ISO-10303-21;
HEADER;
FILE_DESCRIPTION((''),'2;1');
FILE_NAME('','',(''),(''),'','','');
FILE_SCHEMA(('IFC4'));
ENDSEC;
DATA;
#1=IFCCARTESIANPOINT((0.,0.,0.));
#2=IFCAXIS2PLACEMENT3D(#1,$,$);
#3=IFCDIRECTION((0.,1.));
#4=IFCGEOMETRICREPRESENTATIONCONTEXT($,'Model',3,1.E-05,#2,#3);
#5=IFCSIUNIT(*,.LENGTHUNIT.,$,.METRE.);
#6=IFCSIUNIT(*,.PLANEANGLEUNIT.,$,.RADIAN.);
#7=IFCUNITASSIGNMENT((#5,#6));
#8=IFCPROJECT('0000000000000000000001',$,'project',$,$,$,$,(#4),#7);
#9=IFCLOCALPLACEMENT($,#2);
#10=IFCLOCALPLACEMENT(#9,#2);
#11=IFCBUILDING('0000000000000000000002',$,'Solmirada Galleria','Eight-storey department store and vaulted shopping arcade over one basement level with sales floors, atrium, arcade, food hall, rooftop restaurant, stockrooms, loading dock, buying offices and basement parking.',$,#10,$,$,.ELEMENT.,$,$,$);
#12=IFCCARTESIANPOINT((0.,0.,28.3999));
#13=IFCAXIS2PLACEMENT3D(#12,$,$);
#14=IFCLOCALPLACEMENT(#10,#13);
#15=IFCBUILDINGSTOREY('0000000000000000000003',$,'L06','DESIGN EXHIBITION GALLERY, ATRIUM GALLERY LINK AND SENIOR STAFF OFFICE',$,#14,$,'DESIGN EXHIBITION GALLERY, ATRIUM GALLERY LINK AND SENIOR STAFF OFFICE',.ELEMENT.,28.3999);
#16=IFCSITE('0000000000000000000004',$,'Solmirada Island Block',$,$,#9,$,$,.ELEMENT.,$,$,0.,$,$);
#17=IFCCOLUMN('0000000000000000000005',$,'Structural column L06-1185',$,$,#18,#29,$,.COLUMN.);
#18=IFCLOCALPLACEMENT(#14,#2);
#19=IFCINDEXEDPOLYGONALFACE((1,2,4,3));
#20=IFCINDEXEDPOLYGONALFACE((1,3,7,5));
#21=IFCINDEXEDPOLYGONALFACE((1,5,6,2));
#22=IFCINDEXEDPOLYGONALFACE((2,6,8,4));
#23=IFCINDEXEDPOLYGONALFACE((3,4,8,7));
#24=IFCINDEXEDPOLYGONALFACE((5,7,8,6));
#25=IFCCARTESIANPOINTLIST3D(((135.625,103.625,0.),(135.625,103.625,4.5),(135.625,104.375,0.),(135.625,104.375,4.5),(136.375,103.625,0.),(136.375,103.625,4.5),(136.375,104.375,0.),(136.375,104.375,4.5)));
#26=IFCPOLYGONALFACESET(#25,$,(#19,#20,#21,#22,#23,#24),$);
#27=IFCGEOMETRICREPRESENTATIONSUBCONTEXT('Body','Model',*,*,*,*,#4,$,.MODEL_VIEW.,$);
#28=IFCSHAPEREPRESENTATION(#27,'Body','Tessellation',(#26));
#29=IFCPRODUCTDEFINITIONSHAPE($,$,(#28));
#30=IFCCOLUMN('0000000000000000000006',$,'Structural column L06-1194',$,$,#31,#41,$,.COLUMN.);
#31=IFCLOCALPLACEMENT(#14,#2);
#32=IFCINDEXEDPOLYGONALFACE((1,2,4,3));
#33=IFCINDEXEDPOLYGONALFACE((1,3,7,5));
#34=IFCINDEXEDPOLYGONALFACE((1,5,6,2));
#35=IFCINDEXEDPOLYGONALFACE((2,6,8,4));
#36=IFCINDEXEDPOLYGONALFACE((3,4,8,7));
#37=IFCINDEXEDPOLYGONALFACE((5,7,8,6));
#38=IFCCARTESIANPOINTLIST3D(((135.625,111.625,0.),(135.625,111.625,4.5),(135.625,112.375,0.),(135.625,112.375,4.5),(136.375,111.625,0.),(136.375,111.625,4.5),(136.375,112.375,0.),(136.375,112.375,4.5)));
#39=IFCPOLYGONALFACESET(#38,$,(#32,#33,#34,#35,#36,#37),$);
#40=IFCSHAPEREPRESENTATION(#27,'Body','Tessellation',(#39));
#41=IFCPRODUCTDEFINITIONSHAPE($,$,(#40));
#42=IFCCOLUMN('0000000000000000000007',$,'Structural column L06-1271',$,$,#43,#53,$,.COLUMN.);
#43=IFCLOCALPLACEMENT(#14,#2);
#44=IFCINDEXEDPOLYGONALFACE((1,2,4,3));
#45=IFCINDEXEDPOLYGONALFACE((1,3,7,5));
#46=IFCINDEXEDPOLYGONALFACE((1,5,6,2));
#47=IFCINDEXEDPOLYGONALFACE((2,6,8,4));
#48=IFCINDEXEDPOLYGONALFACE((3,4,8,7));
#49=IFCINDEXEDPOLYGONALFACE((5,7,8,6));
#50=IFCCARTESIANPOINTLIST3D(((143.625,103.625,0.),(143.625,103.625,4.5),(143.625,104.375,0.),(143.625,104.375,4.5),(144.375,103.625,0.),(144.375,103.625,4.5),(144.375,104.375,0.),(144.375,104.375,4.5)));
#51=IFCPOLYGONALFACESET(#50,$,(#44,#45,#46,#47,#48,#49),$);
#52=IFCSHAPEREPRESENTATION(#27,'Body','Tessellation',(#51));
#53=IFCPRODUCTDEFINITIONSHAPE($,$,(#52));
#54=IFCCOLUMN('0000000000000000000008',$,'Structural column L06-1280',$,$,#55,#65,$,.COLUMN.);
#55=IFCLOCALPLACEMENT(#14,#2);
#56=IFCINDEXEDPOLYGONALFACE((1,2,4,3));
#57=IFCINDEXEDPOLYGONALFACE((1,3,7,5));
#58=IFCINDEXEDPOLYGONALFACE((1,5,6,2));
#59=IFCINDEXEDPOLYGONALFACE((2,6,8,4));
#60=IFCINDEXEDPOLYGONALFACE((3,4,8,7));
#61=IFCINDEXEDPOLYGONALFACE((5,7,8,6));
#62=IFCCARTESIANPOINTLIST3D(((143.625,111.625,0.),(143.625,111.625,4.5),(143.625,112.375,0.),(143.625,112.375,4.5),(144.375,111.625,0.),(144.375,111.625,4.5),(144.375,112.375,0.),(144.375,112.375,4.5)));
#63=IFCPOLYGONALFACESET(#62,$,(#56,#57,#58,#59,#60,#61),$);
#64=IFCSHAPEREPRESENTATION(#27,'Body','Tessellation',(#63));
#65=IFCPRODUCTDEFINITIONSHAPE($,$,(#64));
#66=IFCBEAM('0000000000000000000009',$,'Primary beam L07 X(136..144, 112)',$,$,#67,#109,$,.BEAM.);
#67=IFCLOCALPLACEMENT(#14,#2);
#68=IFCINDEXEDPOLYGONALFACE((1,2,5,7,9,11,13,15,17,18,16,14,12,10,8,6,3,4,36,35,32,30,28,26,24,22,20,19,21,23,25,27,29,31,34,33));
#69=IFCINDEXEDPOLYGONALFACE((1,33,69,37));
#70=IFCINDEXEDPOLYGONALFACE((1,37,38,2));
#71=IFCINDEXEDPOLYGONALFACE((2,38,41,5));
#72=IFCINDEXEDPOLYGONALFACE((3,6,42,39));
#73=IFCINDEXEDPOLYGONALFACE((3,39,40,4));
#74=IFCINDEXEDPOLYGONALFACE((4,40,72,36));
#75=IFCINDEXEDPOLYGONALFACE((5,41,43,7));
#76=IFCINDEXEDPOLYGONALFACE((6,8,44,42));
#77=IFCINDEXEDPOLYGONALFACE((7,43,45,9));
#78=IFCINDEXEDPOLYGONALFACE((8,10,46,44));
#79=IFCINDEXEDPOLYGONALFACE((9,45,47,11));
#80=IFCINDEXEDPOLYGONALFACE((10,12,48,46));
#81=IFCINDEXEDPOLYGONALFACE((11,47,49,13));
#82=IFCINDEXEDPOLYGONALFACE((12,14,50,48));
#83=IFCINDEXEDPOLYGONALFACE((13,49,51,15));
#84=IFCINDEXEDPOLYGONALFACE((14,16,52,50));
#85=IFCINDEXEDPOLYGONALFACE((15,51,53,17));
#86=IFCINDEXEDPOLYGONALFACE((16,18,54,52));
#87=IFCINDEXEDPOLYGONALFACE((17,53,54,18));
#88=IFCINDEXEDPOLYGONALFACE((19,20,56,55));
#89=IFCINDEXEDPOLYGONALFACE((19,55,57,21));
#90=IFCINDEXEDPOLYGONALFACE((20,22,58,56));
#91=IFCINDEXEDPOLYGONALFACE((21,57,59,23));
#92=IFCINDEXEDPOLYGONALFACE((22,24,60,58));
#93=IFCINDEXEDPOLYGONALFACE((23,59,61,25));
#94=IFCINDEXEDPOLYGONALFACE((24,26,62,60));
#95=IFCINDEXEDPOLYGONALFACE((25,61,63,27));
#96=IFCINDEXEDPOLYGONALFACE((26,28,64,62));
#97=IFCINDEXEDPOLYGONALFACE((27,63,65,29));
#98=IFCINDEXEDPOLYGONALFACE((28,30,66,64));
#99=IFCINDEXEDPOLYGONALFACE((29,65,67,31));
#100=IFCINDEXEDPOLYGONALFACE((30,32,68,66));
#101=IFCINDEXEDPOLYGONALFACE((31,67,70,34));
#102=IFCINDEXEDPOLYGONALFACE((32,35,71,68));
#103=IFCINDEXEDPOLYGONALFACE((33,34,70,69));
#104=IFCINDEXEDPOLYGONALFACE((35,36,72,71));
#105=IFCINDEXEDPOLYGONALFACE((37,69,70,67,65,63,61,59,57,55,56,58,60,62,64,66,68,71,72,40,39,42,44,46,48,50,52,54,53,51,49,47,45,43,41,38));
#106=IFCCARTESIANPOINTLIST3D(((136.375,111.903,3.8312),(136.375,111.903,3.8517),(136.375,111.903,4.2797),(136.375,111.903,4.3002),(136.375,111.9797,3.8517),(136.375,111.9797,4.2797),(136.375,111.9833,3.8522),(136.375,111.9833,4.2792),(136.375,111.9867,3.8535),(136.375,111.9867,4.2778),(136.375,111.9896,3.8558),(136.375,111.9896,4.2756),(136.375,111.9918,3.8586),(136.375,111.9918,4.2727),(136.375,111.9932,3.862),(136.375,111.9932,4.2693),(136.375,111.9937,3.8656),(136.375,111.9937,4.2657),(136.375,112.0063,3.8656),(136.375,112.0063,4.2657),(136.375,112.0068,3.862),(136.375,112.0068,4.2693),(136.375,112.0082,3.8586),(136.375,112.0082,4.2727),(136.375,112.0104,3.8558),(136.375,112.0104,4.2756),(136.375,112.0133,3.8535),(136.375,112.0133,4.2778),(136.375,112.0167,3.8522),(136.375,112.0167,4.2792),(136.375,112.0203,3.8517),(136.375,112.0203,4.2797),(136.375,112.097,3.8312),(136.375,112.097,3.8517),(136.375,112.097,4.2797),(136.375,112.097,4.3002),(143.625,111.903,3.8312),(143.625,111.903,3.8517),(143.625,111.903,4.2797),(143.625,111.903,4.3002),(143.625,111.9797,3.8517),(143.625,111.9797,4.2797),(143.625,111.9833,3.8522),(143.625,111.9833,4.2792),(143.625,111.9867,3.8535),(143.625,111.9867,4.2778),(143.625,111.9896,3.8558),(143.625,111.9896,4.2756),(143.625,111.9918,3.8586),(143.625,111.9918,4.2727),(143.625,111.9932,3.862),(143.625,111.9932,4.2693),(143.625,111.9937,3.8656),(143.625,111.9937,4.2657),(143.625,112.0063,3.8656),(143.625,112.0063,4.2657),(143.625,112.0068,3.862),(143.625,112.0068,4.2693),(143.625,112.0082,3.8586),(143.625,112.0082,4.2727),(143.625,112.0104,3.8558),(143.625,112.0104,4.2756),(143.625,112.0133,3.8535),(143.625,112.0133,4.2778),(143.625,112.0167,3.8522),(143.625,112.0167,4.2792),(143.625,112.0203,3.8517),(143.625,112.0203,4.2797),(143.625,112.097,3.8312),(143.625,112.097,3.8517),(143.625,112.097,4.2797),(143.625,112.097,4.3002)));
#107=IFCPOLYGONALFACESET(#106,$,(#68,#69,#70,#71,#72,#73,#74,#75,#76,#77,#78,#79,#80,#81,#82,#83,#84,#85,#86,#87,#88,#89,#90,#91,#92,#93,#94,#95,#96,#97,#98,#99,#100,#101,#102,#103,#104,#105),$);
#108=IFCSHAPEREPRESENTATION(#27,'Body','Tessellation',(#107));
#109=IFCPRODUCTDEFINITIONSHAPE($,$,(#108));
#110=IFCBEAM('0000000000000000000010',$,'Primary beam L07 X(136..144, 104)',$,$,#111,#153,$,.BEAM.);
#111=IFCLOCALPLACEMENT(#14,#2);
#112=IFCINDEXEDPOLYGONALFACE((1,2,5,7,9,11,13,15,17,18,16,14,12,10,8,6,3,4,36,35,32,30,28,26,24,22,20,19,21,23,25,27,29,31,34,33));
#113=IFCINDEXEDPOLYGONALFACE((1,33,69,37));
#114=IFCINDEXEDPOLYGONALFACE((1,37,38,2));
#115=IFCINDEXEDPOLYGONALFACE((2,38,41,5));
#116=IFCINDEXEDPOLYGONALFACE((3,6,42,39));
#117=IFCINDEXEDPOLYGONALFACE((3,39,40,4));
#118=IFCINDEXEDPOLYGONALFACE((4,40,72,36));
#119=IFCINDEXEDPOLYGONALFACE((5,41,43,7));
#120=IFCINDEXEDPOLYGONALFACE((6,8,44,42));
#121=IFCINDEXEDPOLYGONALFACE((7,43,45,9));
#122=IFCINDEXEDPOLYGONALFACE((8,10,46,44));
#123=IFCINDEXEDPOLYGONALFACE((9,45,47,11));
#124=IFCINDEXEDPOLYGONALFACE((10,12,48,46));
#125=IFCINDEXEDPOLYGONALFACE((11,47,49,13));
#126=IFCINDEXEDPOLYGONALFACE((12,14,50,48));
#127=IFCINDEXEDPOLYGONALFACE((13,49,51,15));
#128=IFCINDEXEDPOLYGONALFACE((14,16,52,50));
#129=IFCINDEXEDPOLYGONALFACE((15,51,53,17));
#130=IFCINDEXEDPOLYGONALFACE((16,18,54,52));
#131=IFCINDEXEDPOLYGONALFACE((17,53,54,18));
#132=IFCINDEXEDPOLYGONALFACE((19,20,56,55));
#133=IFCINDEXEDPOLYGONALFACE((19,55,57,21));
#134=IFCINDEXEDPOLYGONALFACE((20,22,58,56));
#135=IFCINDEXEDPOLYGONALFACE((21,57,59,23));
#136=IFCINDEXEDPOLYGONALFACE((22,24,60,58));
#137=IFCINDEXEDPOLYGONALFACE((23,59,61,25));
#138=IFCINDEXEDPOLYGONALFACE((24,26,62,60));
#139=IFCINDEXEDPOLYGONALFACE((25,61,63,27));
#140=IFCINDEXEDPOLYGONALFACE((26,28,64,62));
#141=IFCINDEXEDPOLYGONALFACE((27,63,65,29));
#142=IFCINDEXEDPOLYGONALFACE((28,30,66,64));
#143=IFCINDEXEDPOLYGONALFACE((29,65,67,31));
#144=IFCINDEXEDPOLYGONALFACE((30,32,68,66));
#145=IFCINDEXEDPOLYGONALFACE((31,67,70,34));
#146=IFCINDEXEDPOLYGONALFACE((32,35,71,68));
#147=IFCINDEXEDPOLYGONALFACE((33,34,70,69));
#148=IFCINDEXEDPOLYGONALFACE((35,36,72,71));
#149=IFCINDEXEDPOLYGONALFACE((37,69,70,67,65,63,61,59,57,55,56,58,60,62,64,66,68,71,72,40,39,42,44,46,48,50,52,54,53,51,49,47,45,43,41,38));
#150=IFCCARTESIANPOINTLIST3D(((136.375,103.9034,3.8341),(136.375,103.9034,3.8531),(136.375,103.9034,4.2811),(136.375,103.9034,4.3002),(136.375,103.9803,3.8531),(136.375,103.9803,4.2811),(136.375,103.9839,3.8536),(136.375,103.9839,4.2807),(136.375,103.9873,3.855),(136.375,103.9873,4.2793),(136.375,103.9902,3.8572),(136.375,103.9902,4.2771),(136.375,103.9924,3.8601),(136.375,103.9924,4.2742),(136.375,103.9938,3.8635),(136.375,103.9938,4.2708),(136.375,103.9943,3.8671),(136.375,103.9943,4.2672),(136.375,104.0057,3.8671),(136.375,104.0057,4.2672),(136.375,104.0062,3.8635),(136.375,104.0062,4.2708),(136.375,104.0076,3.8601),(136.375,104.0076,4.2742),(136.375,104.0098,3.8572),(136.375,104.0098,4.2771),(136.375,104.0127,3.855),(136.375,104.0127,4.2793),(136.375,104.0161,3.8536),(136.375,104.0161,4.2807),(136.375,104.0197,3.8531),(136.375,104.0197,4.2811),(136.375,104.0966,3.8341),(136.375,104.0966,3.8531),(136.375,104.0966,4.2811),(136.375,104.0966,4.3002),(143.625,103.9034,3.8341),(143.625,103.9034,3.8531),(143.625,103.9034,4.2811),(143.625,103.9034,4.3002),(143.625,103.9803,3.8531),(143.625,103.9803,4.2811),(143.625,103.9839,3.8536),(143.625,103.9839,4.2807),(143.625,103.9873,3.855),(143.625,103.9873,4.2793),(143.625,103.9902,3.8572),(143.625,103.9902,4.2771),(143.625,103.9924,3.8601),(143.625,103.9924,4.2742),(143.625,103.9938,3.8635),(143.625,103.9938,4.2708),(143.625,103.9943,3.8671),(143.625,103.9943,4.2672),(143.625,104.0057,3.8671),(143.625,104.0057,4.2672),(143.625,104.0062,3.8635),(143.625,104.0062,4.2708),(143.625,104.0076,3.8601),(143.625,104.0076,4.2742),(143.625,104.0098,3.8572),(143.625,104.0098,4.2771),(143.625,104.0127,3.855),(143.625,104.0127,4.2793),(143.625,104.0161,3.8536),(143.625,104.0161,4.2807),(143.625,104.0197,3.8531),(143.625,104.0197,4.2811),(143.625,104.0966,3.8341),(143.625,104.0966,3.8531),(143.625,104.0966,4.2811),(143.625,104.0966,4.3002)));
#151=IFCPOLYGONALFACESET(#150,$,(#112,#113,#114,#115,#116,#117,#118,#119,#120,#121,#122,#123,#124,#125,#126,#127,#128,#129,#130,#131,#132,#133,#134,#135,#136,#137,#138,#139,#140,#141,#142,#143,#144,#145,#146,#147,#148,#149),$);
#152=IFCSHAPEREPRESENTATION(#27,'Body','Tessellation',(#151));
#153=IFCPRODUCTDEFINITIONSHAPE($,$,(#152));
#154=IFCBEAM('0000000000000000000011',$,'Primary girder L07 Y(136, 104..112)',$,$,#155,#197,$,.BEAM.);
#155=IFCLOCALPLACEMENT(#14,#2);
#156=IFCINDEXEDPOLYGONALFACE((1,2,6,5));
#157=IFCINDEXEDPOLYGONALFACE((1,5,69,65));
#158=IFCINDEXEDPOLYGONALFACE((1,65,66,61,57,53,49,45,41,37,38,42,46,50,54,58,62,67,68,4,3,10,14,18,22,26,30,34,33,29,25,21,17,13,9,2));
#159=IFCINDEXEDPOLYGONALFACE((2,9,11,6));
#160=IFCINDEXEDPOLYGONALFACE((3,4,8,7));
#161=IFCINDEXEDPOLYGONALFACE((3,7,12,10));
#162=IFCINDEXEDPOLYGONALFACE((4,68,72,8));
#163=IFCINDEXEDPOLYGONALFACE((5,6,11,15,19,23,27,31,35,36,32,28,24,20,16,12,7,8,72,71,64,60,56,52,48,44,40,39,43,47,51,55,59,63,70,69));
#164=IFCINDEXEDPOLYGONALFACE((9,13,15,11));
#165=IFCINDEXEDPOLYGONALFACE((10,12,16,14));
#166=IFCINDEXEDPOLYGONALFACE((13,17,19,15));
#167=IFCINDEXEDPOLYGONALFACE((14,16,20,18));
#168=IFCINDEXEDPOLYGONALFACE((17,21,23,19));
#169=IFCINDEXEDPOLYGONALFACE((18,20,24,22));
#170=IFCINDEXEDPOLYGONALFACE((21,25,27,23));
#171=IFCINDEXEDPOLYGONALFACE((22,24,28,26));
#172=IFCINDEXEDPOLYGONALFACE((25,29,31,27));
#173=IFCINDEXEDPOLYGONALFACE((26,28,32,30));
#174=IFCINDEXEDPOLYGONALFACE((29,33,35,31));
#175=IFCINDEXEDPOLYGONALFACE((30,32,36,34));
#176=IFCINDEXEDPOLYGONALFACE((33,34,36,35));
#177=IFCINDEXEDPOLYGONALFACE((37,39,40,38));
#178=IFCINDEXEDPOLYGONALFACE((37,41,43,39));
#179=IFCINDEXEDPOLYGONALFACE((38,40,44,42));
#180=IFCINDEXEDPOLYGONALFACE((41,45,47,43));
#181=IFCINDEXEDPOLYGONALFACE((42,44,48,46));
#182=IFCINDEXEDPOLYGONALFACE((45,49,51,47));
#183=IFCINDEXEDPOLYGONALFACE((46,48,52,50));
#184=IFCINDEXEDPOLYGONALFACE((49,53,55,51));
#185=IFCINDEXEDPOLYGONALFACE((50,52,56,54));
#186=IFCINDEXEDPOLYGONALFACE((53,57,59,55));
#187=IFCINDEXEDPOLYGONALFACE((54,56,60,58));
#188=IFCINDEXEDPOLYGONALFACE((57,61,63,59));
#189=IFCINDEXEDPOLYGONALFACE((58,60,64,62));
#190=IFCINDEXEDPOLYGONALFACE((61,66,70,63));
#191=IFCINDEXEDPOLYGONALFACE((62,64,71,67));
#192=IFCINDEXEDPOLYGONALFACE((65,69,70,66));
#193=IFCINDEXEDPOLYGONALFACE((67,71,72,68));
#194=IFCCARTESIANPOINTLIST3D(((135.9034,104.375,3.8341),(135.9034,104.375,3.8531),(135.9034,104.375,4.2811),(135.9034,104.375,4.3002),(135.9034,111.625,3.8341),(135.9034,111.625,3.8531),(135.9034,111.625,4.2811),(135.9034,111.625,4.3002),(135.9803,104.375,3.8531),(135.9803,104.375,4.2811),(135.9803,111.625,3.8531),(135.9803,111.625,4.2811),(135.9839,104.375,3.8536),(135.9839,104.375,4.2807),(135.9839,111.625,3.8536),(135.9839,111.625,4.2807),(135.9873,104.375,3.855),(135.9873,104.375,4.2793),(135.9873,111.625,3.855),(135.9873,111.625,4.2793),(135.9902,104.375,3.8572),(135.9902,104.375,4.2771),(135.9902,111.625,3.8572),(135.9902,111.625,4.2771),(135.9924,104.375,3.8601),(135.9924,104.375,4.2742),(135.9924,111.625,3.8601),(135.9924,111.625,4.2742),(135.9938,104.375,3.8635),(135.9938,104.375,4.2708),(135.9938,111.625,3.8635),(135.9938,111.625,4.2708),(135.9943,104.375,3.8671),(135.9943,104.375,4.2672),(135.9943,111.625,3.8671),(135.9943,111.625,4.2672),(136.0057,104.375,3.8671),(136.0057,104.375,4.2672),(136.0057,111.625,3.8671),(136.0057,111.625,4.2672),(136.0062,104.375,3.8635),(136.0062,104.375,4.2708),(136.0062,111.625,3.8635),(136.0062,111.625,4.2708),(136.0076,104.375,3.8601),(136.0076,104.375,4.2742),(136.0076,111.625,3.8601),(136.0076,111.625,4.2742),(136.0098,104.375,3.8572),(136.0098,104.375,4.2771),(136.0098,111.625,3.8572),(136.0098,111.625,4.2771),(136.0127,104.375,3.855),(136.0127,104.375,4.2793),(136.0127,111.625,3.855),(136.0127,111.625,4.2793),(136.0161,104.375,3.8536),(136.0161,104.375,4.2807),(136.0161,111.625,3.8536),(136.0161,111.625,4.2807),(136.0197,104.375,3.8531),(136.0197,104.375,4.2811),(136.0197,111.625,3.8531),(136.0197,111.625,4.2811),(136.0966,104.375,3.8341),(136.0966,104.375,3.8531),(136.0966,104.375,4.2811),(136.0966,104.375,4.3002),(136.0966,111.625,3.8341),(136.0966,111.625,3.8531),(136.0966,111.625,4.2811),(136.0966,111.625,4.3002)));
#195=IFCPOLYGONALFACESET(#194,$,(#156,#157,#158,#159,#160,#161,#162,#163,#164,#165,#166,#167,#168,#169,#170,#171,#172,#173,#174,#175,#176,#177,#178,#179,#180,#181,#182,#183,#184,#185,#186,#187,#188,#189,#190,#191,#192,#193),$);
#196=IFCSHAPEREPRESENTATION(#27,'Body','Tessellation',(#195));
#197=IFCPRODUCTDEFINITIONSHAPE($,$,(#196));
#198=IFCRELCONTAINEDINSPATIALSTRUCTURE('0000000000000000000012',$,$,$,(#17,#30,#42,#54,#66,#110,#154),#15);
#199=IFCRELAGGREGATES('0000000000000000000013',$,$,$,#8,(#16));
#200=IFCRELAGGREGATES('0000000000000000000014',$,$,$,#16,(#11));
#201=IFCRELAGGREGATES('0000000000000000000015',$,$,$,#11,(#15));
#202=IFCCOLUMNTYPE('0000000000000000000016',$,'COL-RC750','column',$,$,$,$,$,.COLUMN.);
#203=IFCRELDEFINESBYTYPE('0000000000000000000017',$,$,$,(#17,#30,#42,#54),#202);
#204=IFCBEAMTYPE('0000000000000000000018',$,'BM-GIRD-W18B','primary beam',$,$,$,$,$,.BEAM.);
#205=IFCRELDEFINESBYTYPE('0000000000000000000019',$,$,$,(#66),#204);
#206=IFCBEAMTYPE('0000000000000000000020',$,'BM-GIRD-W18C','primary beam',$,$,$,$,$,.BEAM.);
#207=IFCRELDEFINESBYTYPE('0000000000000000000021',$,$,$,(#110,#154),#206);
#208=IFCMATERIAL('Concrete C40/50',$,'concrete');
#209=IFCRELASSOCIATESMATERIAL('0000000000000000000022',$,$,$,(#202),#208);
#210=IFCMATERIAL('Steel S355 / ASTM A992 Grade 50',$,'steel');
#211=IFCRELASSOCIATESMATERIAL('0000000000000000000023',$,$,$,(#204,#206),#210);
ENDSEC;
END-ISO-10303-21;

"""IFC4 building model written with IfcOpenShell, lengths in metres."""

from ifc_helpers import new_model, si_unit, direction, frame, origin, origin_2d, place, context, subcontext, project, spatial, rectangle, i_section, extrude, material, material_profile, profile_set, type_object, element, save


model = new_model("IFC4")

# Units and contexts
model_context = context("Model", 3, precision=1e-05, world=origin(), true_north=direction((0.0, 1.0)))
body_context = subcontext(model_context, "Body", "Model", "MODEL_VIEW")
ifc_project = project(units=[si_unit("LENGTHUNIT", "METRE"), si_unit("PLANEANGLEUNIT", "RADIAN")], contexts=[model_context])

# Site, building, storey
site_placement = place(None, origin())
site = spatial("IfcSite", under=ifc_project, at=site_placement, Name="Solmirada Island Block", CompositionType="ELEMENT", RefElevation=0.0)
building_placement = place(site_placement, origin())
building = spatial("IfcBuilding", under=site, at=building_placement, Name="Solmirada Galleria", Description="Eight-storey department store and vaulted shopping arcade over one basement level with sales floors, atrium, arcade, food hall, rooftop restaurant, stockrooms, loading dock, buying offices and basement parking.", CompositionType="ELEMENT")
storey_placement = place(building_placement, frame((0.0, 0.0, 28.3999)))
storey = spatial("IfcBuildingStorey", under=building, at=storey_placement, Name="L06", Description="DESIGN EXHIBITION GALLERY, ATRIUM GALLERY LINK AND SENIOR STAFF OFFICE", LongName="DESIGN EXHIBITION GALLERY, ATRIUM GALLERY LINK AND SENIOR STAFF OFFICE", CompositionType="ELEMENT", Elevation=28.3999)

# Columns
ifc_material_1 = material(Name="Concrete C40/50", Category="concrete")
ifc_material_profile_1 = material_profile(ifc_material_1, rectangle(XDim=0.75, YDim=0.75, at=origin_2d()), Name="RC750X750")
ifc_profile_set_1 = profile_set([ifc_material_profile_1], Name="Concrete C40/50")
column_type = type_object("IfcColumnType", Name="COL-RC750", Description="column", PredefinedType="COLUMN", material=ifc_profile_set_1)
for number, where, z_axis, x_axis, name in (
    (1, (136.0, 104.0, 0.0), (0.0, 0.0, 1.0), (1.0, 0.0, 0.0), "Structural column L06-1185"),
    (2, (136.0, 112.0, 0.0), (0.0, 0.0, 1.0), (1.0, 0.0, 0.0), "Structural column L06-1194"),
    (3, (144.0, 104.0, 0.0), (0.0, 0.0, 1.0), (1.0, 0.0, 0.0), "Structural column L06-1271"),
    (4, (144.0, 112.0, 0.0), (0.0, 0.0, 1.0), (1.0, 0.0, 0.0), "Structural column L06-1280"),
):
    element("IfcColumn", number, at=place(storey_placement, frame(where, z_axis=z_axis, x_axis=x_axis)), inside=storey, type_object=column_type, Name=name, PredefinedType="COLUMN", context=body_context, shape_type="SweptSolid", body=[
        extrude(rectangle(XDim=0.75, YDim=0.75, at=origin_2d()), origin(), (0.0, 0.0, 1.0), 4.5),
    ])

# Beams
ifc_material_2 = material(Name="Steel S355 / ASTM A992 Grade 50", Category="steel")
ifc_material_profile_2 = material_profile(ifc_material_2, i_section(OverallWidth=0.1941, OverallDepth=0.469, WebThickness=0.0127, FlangeThickness=0.0205, FilletRadius=0.0139, at=origin_2d()), Name="W18X71")
ifc_profile_set_2 = profile_set([ifc_material_profile_2], Name="Steel S355 / ASTM A992 Grade 50")
beam_type_1 = type_object("IfcBeamType", Name="BM-GIRD-W18B", Description="primary beam", PredefinedType="BEAM", material=ifc_profile_set_2)
beam_placement = place(storey_placement, frame((136.375, 112.0, 4.0657), z_axis=(1.0, 0.0, 0.0), x_axis=(0.0, 1.0, 0.0)))
element("IfcBeam", 5, at=beam_placement, inside=storey, type_object=beam_type_1, Name="Primary beam L07 X(136..144, 112)", PredefinedType="BEAM", context=body_context, shape_type="SweptSolid", body=[
    extrude(i_section(OverallWidth=0.1941, OverallDepth=0.469, WebThickness=0.0127, FlangeThickness=0.0205, FilletRadius=0.0139, at=origin_2d()), origin(), (0.0, 0.0, 1.0), 7.25),
])
ifc_material_profile_3 = material_profile(ifc_material_2, i_section(OverallWidth=0.1931, OverallDepth=0.4661, WebThickness=0.0115, FlangeThickness=0.019, FilletRadius=0.0139, at=origin_2d()), Name="W18X65")
ifc_profile_set_3 = profile_set([ifc_material_profile_3], Name="Steel S355 / ASTM A992 Grade 50")
beam_type_2 = type_object("IfcBeamType", Name="BM-GIRD-W18C", Description="primary beam", PredefinedType="BEAM", material=ifc_profile_set_3)
for number, where, z_axis, x_axis, name in (
    (6, (136.375, 104.0, 4.0671), (1.0, 0.0, 0.0), (0.0, 1.0, 0.0), "Primary beam L07 X(136..144, 104)"),
    (7, (136.0, 104.375, 4.0671), (0.0, 1.0, 0.0), (-1.0, 0.0, 0.0), "Primary girder L07 Y(136, 104..112)"),
):
    element("IfcBeam", number, at=place(storey_placement, frame(where, z_axis=z_axis, x_axis=x_axis)), inside=storey, type_object=beam_type_2, Name=name, PredefinedType="BEAM", context=body_context, shape_type="SweptSolid", body=[
        extrude(i_section(OverallWidth=0.1931, OverallDepth=0.4661, WebThickness=0.0115, FlangeThickness=0.019, FilletRadius=0.0139, at=origin_2d()), origin(), (0.0, 0.0, 1.0), 7.25),
    ])

save(model, "model.ifc")
